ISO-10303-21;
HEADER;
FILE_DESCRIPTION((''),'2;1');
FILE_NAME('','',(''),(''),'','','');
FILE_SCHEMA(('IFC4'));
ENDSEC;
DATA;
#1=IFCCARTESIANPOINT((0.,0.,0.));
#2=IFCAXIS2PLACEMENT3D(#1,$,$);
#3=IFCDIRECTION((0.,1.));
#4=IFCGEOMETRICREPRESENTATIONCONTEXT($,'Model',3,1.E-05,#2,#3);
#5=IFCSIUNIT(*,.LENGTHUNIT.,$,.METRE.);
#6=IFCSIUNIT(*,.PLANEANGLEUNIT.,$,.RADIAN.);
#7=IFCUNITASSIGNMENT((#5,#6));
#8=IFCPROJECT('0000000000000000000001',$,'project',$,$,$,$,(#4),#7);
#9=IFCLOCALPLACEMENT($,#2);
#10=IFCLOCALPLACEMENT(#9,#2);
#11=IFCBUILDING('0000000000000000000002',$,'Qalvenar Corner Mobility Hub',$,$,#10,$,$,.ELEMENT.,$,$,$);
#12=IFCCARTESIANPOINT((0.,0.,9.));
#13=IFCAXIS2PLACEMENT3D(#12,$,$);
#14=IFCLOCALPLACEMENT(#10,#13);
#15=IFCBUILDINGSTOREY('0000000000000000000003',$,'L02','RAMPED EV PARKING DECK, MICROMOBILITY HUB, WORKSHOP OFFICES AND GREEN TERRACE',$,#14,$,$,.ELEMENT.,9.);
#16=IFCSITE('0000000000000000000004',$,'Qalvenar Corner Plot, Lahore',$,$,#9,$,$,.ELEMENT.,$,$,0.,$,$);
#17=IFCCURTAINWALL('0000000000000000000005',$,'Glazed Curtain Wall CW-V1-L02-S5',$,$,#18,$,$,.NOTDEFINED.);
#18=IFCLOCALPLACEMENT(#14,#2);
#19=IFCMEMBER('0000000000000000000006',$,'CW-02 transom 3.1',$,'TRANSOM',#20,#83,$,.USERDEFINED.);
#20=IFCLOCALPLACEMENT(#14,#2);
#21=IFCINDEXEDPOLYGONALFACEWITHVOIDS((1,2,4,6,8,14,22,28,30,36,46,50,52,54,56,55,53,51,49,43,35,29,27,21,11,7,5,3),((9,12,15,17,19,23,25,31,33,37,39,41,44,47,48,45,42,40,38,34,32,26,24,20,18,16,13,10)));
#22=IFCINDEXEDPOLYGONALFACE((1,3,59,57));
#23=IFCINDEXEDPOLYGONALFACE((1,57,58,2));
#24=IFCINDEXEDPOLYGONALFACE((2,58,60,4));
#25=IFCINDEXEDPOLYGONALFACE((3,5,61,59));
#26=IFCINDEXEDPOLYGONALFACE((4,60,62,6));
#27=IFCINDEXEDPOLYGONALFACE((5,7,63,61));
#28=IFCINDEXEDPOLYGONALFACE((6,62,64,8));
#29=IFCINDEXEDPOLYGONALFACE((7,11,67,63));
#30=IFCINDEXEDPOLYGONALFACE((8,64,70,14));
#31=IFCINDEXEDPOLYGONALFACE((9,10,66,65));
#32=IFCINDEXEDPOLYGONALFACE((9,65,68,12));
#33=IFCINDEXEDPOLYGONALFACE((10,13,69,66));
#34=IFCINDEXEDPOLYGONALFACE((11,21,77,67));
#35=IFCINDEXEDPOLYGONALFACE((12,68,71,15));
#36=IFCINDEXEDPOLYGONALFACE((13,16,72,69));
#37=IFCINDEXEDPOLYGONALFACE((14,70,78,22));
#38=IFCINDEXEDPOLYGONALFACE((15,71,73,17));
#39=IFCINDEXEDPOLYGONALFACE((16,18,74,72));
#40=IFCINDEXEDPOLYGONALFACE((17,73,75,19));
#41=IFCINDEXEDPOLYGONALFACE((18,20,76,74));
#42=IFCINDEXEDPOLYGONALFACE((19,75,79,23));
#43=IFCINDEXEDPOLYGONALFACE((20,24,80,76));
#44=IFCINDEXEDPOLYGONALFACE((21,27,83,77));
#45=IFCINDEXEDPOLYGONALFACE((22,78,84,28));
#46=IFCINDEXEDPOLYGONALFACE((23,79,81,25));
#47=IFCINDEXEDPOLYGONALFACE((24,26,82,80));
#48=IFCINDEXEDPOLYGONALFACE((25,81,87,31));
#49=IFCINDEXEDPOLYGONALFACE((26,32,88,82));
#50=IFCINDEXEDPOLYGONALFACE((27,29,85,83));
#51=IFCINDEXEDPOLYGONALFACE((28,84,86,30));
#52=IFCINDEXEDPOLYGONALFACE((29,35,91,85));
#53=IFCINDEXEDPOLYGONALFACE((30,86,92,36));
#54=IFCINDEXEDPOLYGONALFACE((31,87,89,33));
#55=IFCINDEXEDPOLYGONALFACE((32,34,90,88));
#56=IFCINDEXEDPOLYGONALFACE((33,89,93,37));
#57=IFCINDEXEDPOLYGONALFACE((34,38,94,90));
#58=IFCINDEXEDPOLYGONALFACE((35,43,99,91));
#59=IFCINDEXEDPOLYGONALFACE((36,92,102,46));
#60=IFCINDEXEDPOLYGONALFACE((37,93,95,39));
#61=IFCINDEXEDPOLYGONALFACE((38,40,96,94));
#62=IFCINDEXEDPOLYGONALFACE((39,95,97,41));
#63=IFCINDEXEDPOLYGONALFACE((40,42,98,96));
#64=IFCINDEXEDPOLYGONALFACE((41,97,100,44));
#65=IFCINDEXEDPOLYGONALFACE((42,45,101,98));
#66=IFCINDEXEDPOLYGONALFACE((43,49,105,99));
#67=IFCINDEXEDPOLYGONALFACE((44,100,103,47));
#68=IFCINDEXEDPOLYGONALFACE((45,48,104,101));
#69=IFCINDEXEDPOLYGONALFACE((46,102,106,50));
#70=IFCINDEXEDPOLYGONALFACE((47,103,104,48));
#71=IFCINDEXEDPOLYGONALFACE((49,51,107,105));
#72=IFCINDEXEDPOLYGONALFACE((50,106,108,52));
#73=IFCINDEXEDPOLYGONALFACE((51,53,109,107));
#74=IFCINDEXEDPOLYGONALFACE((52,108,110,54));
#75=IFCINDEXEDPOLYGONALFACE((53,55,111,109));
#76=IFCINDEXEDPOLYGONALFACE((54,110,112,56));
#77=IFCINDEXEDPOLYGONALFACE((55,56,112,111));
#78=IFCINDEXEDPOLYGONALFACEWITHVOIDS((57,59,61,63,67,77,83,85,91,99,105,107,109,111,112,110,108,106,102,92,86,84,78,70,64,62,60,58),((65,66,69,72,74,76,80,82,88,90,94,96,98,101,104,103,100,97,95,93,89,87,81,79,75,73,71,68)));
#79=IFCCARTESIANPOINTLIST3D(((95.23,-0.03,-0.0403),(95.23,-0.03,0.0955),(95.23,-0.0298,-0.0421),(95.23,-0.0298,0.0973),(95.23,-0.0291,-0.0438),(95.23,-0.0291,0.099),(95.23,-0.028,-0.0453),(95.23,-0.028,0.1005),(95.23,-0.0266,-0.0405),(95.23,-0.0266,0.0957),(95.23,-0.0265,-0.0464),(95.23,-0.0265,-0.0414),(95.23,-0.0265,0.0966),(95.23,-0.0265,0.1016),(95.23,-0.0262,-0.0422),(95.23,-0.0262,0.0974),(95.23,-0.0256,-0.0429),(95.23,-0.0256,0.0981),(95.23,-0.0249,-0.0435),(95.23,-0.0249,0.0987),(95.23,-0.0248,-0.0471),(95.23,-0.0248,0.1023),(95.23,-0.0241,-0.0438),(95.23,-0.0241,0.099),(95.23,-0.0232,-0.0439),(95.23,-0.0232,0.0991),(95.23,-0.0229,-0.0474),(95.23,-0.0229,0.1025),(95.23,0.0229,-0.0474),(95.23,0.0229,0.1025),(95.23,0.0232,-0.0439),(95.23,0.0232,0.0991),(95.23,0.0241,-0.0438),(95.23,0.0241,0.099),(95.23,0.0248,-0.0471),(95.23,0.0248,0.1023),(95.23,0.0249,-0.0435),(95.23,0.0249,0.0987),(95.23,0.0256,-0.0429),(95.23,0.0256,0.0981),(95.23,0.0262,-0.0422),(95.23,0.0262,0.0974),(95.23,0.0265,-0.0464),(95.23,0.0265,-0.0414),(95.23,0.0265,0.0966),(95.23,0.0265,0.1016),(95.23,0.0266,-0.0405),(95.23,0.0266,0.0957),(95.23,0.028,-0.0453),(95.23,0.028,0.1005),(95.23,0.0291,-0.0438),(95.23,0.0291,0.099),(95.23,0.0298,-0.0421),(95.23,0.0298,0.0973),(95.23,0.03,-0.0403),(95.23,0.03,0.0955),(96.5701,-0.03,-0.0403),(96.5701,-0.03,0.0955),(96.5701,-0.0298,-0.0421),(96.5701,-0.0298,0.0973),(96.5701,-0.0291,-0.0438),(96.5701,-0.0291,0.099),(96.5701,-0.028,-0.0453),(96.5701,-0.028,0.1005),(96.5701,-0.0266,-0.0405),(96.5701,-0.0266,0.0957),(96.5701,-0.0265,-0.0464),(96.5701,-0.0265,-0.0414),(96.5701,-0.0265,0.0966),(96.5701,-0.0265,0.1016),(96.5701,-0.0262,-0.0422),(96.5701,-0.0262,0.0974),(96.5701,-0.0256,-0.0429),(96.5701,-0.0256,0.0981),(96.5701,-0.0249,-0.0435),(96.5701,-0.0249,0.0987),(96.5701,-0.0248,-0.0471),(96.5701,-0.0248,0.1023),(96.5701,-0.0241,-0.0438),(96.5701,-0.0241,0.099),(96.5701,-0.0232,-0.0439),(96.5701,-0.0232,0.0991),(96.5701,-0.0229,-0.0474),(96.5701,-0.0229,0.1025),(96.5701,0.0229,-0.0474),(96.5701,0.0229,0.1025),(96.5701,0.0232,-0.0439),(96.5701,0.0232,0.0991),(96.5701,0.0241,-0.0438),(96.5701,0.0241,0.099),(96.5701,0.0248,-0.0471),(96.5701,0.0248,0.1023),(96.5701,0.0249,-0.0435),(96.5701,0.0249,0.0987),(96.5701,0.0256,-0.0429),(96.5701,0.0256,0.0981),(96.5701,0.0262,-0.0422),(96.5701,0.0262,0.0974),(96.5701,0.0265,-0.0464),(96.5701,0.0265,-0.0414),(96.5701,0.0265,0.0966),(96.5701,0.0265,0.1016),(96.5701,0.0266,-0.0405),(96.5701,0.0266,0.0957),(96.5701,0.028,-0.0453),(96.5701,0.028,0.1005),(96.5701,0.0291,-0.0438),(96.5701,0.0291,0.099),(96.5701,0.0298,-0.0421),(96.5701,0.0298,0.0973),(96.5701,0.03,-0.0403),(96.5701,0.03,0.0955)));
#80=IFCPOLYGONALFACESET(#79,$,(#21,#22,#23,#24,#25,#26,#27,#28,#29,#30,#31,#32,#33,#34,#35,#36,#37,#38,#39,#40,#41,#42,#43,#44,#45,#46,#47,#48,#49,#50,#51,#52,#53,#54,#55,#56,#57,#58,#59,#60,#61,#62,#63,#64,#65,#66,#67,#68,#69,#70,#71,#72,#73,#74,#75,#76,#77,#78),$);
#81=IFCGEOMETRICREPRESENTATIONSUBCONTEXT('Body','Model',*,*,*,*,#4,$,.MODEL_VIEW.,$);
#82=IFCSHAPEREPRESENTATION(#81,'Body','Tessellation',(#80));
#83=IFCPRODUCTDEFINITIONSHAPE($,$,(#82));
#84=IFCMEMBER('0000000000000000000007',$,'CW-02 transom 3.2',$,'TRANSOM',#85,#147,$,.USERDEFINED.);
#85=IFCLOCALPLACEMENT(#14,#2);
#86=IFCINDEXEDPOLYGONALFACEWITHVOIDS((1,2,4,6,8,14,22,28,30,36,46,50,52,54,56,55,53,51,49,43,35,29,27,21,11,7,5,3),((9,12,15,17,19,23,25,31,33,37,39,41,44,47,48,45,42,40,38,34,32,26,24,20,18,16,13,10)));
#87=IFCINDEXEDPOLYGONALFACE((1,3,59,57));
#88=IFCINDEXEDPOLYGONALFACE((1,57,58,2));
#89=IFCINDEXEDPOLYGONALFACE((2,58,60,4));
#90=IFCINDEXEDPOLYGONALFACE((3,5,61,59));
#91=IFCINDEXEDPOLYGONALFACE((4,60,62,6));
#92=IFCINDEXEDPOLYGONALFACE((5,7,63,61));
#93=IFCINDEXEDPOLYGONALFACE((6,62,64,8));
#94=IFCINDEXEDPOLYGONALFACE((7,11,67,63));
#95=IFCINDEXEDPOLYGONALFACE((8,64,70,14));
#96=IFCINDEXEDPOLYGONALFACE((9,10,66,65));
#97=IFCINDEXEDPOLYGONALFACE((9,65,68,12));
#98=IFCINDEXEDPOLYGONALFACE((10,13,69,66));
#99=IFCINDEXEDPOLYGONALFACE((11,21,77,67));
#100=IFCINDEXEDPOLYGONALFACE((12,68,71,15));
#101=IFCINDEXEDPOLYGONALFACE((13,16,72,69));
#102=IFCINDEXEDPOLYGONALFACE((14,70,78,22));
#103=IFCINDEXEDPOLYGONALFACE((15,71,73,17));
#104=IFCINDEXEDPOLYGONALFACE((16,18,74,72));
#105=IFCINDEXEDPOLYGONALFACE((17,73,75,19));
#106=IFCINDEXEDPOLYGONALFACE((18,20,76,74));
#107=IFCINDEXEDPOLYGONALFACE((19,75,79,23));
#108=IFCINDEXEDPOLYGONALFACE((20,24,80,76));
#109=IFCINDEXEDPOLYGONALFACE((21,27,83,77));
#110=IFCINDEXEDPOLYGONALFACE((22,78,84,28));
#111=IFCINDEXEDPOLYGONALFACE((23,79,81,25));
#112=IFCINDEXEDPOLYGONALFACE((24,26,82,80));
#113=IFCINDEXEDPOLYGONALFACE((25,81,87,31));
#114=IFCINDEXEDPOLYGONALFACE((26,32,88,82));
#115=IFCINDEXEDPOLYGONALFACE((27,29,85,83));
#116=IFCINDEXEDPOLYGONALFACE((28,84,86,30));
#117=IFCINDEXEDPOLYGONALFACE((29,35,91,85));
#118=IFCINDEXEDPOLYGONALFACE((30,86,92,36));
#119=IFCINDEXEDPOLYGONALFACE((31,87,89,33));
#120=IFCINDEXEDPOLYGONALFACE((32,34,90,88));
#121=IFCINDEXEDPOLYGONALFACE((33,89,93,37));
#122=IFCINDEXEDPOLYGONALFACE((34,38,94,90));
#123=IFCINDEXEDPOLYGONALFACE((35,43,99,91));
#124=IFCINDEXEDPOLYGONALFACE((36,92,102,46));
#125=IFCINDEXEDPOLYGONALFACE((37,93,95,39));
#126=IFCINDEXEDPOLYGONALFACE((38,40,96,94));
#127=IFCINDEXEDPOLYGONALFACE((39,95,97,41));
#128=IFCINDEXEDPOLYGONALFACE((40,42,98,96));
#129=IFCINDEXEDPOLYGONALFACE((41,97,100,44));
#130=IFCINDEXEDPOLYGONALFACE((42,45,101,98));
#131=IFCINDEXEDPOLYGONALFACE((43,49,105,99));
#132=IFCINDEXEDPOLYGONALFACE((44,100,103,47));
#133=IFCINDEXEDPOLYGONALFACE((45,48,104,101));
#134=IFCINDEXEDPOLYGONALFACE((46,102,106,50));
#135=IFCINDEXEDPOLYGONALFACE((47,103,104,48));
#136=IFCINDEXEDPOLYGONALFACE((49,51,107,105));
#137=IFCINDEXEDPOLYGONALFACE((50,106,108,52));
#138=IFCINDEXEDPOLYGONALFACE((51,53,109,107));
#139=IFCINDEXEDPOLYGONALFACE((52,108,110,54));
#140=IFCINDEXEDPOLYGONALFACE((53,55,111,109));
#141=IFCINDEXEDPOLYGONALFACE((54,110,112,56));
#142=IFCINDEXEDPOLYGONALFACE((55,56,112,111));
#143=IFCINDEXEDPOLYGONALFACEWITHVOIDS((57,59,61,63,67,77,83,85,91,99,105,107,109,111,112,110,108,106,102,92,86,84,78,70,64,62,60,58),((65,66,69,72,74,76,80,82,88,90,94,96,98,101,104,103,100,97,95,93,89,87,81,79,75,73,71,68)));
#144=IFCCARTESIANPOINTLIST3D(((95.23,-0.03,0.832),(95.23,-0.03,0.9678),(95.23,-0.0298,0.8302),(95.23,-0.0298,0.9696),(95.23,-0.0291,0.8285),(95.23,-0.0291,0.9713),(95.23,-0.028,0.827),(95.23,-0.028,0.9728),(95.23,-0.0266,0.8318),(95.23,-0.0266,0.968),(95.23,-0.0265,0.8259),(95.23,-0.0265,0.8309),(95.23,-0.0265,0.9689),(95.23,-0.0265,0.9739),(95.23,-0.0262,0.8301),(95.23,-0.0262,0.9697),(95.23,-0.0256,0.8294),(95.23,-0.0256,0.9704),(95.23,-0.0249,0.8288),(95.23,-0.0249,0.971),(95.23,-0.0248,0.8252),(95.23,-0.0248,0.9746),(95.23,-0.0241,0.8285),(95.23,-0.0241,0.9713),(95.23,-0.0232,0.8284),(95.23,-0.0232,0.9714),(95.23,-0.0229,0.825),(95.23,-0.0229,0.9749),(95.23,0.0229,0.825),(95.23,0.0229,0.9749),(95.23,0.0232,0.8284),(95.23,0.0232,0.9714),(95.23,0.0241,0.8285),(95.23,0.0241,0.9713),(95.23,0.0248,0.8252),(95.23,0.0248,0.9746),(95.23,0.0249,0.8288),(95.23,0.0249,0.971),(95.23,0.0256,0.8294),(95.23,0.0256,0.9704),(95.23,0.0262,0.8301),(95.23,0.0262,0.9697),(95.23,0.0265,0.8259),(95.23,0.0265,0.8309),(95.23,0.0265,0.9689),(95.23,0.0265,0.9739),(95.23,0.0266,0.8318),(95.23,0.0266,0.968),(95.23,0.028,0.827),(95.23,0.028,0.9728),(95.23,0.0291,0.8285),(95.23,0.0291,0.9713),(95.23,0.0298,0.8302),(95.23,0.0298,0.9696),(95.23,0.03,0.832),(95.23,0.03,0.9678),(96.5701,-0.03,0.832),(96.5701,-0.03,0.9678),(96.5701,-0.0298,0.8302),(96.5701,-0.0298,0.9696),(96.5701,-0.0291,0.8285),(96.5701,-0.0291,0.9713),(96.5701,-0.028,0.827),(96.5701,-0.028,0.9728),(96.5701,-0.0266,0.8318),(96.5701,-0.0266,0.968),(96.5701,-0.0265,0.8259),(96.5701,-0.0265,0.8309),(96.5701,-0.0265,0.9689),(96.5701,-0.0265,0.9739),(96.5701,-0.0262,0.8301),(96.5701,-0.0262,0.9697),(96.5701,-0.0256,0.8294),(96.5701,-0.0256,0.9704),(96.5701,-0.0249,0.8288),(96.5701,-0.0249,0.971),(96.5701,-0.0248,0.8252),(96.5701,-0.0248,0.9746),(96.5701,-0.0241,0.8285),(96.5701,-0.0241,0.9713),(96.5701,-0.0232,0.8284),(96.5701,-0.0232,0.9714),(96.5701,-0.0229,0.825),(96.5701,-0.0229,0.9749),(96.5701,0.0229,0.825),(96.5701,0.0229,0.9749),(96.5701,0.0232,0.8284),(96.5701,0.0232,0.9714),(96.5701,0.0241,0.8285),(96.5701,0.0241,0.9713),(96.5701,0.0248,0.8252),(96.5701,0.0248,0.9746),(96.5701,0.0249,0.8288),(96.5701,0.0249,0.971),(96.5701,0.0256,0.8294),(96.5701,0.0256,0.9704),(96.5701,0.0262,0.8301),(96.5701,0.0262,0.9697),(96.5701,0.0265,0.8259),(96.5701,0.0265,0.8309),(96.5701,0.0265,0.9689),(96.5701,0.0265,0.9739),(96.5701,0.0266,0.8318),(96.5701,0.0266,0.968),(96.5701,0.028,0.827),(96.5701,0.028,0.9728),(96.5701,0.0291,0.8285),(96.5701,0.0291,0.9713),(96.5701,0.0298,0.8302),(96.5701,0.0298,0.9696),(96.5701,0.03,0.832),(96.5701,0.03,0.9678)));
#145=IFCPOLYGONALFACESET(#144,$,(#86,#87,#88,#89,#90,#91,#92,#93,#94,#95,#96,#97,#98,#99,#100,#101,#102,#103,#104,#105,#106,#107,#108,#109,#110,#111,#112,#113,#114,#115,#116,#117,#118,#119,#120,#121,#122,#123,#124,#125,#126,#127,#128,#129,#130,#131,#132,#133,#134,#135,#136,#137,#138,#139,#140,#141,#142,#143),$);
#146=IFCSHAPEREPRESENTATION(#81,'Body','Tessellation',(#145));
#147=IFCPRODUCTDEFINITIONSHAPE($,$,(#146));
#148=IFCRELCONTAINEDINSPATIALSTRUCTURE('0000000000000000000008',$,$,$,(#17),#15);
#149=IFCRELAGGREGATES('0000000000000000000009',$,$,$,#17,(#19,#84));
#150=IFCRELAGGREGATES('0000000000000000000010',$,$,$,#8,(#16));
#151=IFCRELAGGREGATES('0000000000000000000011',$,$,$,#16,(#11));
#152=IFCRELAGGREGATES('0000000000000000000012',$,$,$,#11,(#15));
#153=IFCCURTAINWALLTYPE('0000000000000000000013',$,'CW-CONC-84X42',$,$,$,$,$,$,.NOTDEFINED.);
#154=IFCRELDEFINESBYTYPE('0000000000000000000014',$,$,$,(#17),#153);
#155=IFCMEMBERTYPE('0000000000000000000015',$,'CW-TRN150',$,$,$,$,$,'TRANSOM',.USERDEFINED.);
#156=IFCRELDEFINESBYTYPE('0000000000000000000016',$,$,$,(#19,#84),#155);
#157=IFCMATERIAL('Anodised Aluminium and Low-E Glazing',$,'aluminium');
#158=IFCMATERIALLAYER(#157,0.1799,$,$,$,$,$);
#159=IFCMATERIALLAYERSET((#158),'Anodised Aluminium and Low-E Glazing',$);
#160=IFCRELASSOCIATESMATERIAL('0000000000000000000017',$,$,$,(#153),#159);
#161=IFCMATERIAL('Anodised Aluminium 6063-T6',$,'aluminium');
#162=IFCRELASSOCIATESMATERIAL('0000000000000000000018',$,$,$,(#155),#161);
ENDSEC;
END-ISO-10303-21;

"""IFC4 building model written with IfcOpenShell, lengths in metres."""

from ifc_helpers import new_model, si_unit, direction, frame, origin, origin_2d, place, context, subcontext, project, spatial, hollow_rectangle, extrude, material, layer, layer_set, material_profile, profile_set, type_object, element, aggregate, save


model = new_model("IFC4")

# Units and contexts
model_context = context("Model", 3, precision=1e-05, world=origin(), true_north=direction((0.0, 1.0)))
body_context = subcontext(model_context, "Body", "Model", "MODEL_VIEW")
ifc_project = project(units=[si_unit("LENGTHUNIT", "METRE"), si_unit("PLANEANGLEUNIT", "RADIAN")], contexts=[model_context])

# Site, building, storey
site_placement = place(None, origin())
site = spatial("IfcSite", under=ifc_project, at=site_placement, Name="Qalvenar Corner Plot, Lahore", CompositionType="ELEMENT", RefElevation=0.0)
building_placement = place(site_placement, origin())
building = spatial("IfcBuilding", under=site, at=building_placement, Name="Qalvenar Corner Mobility Hub", CompositionType="ELEMENT")
storey_placement = place(building_placement, frame((0.0, 0.0, 9.0)))
storey = spatial("IfcBuildingStorey", under=building, at=storey_placement, Name="L02", Description="RAMPED EV PARKING DECK, MICROMOBILITY HUB, WORKSHOP OFFICES AND GREEN TERRACE", CompositionType="ELEMENT", Elevation=9.0)

# Shared definitions
ifc_material_1 = material(Name="Anodised Aluminium and Low-E Glazing", Category="aluminium")
ifc_layer_1 = layer(ifc_material_1, 0.1799)
ifc_layer_set_1 = layer_set([ifc_layer_1], Name="Anodised Aluminium and Low-E Glazing")
curtain_wall_type = type_object("IfcCurtainWallType", Name="CW-CONC-84X42", PredefinedType="NOTDEFINED", material=ifc_layer_set_1)
ifc_material_2 = material(Name="Anodised Aluminium 6063-T6", Category="aluminium")

# Curtain wall, members
curtain_wall_1_placement = place(storey_placement, origin())
curtain_wall_1 = element("IfcCurtainWall", 1, at=curtain_wall_1_placement, inside=storey, type_object=curtain_wall_type, Name="Glazed Curtain Wall CW-V1-L02-S5", PredefinedType="NOTDEFINED")
ifc_material_profile_1 = material_profile(ifc_material_2, hollow_rectangle(XDim=0.0601, YDim=0.1499, WallThickness=0.0034, InnerFilletRadius=0.0034, OuterFilletRadius=0.0071, at=origin_2d()), Name="RHS150x60x3.5")
ifc_profile_set_1 = profile_set([ifc_material_profile_1], Name="Anodised Aluminium 6063-T6")
member_type_1 = type_object("IfcMemberType", Name="CW-TRN150", ElementType="TRANSOM", PredefinedType="USERDEFINED", material=ifc_profile_set_1)
member_1_placement = place(storey_placement, frame((95.23, 0.0, 0.0276), z_axis=(1.0, 0.0, 0.0), x_axis=(0.0, 1.0, 0.0)))
member_1 = element("IfcMember", 2, at=member_1_placement, type_object=member_type_1, Name="CW-02 transom 3.1", ObjectType="TRANSOM", PredefinedType="USERDEFINED", context=body_context, shape_type="SweptSolid", body=[
    extrude(hollow_rectangle(XDim=0.0601, YDim=0.1499, WallThickness=0.0034, InnerFilletRadius=0.0034, OuterFilletRadius=0.0071, at=origin_2d()), origin(), (0.0, 0.0, 1.0), 1.3401),
])
member_2_placement = place(storey_placement, frame((95.23, 0.0, 0.8999), z_axis=(1.0, 0.0, 0.0), x_axis=(0.0, 1.0, 0.0)))
member_2 = element("IfcMember", 3, at=member_2_placement, type_object=member_type_1, Name="CW-02 transom 3.2", ObjectType="TRANSOM", PredefinedType="USERDEFINED", context=body_context, shape_type="SweptSolid", body=[
    extrude(hollow_rectangle(XDim=0.0601, YDim=0.1499, WallThickness=0.0034, InnerFilletRadius=0.0034, OuterFilletRadius=0.0071, at=origin_2d()), origin(), (0.0, 0.0, 1.0), 1.3401),
])

aggregate(curtain_wall_1, [member_1, member_2])

save(model, "model.ifc")
